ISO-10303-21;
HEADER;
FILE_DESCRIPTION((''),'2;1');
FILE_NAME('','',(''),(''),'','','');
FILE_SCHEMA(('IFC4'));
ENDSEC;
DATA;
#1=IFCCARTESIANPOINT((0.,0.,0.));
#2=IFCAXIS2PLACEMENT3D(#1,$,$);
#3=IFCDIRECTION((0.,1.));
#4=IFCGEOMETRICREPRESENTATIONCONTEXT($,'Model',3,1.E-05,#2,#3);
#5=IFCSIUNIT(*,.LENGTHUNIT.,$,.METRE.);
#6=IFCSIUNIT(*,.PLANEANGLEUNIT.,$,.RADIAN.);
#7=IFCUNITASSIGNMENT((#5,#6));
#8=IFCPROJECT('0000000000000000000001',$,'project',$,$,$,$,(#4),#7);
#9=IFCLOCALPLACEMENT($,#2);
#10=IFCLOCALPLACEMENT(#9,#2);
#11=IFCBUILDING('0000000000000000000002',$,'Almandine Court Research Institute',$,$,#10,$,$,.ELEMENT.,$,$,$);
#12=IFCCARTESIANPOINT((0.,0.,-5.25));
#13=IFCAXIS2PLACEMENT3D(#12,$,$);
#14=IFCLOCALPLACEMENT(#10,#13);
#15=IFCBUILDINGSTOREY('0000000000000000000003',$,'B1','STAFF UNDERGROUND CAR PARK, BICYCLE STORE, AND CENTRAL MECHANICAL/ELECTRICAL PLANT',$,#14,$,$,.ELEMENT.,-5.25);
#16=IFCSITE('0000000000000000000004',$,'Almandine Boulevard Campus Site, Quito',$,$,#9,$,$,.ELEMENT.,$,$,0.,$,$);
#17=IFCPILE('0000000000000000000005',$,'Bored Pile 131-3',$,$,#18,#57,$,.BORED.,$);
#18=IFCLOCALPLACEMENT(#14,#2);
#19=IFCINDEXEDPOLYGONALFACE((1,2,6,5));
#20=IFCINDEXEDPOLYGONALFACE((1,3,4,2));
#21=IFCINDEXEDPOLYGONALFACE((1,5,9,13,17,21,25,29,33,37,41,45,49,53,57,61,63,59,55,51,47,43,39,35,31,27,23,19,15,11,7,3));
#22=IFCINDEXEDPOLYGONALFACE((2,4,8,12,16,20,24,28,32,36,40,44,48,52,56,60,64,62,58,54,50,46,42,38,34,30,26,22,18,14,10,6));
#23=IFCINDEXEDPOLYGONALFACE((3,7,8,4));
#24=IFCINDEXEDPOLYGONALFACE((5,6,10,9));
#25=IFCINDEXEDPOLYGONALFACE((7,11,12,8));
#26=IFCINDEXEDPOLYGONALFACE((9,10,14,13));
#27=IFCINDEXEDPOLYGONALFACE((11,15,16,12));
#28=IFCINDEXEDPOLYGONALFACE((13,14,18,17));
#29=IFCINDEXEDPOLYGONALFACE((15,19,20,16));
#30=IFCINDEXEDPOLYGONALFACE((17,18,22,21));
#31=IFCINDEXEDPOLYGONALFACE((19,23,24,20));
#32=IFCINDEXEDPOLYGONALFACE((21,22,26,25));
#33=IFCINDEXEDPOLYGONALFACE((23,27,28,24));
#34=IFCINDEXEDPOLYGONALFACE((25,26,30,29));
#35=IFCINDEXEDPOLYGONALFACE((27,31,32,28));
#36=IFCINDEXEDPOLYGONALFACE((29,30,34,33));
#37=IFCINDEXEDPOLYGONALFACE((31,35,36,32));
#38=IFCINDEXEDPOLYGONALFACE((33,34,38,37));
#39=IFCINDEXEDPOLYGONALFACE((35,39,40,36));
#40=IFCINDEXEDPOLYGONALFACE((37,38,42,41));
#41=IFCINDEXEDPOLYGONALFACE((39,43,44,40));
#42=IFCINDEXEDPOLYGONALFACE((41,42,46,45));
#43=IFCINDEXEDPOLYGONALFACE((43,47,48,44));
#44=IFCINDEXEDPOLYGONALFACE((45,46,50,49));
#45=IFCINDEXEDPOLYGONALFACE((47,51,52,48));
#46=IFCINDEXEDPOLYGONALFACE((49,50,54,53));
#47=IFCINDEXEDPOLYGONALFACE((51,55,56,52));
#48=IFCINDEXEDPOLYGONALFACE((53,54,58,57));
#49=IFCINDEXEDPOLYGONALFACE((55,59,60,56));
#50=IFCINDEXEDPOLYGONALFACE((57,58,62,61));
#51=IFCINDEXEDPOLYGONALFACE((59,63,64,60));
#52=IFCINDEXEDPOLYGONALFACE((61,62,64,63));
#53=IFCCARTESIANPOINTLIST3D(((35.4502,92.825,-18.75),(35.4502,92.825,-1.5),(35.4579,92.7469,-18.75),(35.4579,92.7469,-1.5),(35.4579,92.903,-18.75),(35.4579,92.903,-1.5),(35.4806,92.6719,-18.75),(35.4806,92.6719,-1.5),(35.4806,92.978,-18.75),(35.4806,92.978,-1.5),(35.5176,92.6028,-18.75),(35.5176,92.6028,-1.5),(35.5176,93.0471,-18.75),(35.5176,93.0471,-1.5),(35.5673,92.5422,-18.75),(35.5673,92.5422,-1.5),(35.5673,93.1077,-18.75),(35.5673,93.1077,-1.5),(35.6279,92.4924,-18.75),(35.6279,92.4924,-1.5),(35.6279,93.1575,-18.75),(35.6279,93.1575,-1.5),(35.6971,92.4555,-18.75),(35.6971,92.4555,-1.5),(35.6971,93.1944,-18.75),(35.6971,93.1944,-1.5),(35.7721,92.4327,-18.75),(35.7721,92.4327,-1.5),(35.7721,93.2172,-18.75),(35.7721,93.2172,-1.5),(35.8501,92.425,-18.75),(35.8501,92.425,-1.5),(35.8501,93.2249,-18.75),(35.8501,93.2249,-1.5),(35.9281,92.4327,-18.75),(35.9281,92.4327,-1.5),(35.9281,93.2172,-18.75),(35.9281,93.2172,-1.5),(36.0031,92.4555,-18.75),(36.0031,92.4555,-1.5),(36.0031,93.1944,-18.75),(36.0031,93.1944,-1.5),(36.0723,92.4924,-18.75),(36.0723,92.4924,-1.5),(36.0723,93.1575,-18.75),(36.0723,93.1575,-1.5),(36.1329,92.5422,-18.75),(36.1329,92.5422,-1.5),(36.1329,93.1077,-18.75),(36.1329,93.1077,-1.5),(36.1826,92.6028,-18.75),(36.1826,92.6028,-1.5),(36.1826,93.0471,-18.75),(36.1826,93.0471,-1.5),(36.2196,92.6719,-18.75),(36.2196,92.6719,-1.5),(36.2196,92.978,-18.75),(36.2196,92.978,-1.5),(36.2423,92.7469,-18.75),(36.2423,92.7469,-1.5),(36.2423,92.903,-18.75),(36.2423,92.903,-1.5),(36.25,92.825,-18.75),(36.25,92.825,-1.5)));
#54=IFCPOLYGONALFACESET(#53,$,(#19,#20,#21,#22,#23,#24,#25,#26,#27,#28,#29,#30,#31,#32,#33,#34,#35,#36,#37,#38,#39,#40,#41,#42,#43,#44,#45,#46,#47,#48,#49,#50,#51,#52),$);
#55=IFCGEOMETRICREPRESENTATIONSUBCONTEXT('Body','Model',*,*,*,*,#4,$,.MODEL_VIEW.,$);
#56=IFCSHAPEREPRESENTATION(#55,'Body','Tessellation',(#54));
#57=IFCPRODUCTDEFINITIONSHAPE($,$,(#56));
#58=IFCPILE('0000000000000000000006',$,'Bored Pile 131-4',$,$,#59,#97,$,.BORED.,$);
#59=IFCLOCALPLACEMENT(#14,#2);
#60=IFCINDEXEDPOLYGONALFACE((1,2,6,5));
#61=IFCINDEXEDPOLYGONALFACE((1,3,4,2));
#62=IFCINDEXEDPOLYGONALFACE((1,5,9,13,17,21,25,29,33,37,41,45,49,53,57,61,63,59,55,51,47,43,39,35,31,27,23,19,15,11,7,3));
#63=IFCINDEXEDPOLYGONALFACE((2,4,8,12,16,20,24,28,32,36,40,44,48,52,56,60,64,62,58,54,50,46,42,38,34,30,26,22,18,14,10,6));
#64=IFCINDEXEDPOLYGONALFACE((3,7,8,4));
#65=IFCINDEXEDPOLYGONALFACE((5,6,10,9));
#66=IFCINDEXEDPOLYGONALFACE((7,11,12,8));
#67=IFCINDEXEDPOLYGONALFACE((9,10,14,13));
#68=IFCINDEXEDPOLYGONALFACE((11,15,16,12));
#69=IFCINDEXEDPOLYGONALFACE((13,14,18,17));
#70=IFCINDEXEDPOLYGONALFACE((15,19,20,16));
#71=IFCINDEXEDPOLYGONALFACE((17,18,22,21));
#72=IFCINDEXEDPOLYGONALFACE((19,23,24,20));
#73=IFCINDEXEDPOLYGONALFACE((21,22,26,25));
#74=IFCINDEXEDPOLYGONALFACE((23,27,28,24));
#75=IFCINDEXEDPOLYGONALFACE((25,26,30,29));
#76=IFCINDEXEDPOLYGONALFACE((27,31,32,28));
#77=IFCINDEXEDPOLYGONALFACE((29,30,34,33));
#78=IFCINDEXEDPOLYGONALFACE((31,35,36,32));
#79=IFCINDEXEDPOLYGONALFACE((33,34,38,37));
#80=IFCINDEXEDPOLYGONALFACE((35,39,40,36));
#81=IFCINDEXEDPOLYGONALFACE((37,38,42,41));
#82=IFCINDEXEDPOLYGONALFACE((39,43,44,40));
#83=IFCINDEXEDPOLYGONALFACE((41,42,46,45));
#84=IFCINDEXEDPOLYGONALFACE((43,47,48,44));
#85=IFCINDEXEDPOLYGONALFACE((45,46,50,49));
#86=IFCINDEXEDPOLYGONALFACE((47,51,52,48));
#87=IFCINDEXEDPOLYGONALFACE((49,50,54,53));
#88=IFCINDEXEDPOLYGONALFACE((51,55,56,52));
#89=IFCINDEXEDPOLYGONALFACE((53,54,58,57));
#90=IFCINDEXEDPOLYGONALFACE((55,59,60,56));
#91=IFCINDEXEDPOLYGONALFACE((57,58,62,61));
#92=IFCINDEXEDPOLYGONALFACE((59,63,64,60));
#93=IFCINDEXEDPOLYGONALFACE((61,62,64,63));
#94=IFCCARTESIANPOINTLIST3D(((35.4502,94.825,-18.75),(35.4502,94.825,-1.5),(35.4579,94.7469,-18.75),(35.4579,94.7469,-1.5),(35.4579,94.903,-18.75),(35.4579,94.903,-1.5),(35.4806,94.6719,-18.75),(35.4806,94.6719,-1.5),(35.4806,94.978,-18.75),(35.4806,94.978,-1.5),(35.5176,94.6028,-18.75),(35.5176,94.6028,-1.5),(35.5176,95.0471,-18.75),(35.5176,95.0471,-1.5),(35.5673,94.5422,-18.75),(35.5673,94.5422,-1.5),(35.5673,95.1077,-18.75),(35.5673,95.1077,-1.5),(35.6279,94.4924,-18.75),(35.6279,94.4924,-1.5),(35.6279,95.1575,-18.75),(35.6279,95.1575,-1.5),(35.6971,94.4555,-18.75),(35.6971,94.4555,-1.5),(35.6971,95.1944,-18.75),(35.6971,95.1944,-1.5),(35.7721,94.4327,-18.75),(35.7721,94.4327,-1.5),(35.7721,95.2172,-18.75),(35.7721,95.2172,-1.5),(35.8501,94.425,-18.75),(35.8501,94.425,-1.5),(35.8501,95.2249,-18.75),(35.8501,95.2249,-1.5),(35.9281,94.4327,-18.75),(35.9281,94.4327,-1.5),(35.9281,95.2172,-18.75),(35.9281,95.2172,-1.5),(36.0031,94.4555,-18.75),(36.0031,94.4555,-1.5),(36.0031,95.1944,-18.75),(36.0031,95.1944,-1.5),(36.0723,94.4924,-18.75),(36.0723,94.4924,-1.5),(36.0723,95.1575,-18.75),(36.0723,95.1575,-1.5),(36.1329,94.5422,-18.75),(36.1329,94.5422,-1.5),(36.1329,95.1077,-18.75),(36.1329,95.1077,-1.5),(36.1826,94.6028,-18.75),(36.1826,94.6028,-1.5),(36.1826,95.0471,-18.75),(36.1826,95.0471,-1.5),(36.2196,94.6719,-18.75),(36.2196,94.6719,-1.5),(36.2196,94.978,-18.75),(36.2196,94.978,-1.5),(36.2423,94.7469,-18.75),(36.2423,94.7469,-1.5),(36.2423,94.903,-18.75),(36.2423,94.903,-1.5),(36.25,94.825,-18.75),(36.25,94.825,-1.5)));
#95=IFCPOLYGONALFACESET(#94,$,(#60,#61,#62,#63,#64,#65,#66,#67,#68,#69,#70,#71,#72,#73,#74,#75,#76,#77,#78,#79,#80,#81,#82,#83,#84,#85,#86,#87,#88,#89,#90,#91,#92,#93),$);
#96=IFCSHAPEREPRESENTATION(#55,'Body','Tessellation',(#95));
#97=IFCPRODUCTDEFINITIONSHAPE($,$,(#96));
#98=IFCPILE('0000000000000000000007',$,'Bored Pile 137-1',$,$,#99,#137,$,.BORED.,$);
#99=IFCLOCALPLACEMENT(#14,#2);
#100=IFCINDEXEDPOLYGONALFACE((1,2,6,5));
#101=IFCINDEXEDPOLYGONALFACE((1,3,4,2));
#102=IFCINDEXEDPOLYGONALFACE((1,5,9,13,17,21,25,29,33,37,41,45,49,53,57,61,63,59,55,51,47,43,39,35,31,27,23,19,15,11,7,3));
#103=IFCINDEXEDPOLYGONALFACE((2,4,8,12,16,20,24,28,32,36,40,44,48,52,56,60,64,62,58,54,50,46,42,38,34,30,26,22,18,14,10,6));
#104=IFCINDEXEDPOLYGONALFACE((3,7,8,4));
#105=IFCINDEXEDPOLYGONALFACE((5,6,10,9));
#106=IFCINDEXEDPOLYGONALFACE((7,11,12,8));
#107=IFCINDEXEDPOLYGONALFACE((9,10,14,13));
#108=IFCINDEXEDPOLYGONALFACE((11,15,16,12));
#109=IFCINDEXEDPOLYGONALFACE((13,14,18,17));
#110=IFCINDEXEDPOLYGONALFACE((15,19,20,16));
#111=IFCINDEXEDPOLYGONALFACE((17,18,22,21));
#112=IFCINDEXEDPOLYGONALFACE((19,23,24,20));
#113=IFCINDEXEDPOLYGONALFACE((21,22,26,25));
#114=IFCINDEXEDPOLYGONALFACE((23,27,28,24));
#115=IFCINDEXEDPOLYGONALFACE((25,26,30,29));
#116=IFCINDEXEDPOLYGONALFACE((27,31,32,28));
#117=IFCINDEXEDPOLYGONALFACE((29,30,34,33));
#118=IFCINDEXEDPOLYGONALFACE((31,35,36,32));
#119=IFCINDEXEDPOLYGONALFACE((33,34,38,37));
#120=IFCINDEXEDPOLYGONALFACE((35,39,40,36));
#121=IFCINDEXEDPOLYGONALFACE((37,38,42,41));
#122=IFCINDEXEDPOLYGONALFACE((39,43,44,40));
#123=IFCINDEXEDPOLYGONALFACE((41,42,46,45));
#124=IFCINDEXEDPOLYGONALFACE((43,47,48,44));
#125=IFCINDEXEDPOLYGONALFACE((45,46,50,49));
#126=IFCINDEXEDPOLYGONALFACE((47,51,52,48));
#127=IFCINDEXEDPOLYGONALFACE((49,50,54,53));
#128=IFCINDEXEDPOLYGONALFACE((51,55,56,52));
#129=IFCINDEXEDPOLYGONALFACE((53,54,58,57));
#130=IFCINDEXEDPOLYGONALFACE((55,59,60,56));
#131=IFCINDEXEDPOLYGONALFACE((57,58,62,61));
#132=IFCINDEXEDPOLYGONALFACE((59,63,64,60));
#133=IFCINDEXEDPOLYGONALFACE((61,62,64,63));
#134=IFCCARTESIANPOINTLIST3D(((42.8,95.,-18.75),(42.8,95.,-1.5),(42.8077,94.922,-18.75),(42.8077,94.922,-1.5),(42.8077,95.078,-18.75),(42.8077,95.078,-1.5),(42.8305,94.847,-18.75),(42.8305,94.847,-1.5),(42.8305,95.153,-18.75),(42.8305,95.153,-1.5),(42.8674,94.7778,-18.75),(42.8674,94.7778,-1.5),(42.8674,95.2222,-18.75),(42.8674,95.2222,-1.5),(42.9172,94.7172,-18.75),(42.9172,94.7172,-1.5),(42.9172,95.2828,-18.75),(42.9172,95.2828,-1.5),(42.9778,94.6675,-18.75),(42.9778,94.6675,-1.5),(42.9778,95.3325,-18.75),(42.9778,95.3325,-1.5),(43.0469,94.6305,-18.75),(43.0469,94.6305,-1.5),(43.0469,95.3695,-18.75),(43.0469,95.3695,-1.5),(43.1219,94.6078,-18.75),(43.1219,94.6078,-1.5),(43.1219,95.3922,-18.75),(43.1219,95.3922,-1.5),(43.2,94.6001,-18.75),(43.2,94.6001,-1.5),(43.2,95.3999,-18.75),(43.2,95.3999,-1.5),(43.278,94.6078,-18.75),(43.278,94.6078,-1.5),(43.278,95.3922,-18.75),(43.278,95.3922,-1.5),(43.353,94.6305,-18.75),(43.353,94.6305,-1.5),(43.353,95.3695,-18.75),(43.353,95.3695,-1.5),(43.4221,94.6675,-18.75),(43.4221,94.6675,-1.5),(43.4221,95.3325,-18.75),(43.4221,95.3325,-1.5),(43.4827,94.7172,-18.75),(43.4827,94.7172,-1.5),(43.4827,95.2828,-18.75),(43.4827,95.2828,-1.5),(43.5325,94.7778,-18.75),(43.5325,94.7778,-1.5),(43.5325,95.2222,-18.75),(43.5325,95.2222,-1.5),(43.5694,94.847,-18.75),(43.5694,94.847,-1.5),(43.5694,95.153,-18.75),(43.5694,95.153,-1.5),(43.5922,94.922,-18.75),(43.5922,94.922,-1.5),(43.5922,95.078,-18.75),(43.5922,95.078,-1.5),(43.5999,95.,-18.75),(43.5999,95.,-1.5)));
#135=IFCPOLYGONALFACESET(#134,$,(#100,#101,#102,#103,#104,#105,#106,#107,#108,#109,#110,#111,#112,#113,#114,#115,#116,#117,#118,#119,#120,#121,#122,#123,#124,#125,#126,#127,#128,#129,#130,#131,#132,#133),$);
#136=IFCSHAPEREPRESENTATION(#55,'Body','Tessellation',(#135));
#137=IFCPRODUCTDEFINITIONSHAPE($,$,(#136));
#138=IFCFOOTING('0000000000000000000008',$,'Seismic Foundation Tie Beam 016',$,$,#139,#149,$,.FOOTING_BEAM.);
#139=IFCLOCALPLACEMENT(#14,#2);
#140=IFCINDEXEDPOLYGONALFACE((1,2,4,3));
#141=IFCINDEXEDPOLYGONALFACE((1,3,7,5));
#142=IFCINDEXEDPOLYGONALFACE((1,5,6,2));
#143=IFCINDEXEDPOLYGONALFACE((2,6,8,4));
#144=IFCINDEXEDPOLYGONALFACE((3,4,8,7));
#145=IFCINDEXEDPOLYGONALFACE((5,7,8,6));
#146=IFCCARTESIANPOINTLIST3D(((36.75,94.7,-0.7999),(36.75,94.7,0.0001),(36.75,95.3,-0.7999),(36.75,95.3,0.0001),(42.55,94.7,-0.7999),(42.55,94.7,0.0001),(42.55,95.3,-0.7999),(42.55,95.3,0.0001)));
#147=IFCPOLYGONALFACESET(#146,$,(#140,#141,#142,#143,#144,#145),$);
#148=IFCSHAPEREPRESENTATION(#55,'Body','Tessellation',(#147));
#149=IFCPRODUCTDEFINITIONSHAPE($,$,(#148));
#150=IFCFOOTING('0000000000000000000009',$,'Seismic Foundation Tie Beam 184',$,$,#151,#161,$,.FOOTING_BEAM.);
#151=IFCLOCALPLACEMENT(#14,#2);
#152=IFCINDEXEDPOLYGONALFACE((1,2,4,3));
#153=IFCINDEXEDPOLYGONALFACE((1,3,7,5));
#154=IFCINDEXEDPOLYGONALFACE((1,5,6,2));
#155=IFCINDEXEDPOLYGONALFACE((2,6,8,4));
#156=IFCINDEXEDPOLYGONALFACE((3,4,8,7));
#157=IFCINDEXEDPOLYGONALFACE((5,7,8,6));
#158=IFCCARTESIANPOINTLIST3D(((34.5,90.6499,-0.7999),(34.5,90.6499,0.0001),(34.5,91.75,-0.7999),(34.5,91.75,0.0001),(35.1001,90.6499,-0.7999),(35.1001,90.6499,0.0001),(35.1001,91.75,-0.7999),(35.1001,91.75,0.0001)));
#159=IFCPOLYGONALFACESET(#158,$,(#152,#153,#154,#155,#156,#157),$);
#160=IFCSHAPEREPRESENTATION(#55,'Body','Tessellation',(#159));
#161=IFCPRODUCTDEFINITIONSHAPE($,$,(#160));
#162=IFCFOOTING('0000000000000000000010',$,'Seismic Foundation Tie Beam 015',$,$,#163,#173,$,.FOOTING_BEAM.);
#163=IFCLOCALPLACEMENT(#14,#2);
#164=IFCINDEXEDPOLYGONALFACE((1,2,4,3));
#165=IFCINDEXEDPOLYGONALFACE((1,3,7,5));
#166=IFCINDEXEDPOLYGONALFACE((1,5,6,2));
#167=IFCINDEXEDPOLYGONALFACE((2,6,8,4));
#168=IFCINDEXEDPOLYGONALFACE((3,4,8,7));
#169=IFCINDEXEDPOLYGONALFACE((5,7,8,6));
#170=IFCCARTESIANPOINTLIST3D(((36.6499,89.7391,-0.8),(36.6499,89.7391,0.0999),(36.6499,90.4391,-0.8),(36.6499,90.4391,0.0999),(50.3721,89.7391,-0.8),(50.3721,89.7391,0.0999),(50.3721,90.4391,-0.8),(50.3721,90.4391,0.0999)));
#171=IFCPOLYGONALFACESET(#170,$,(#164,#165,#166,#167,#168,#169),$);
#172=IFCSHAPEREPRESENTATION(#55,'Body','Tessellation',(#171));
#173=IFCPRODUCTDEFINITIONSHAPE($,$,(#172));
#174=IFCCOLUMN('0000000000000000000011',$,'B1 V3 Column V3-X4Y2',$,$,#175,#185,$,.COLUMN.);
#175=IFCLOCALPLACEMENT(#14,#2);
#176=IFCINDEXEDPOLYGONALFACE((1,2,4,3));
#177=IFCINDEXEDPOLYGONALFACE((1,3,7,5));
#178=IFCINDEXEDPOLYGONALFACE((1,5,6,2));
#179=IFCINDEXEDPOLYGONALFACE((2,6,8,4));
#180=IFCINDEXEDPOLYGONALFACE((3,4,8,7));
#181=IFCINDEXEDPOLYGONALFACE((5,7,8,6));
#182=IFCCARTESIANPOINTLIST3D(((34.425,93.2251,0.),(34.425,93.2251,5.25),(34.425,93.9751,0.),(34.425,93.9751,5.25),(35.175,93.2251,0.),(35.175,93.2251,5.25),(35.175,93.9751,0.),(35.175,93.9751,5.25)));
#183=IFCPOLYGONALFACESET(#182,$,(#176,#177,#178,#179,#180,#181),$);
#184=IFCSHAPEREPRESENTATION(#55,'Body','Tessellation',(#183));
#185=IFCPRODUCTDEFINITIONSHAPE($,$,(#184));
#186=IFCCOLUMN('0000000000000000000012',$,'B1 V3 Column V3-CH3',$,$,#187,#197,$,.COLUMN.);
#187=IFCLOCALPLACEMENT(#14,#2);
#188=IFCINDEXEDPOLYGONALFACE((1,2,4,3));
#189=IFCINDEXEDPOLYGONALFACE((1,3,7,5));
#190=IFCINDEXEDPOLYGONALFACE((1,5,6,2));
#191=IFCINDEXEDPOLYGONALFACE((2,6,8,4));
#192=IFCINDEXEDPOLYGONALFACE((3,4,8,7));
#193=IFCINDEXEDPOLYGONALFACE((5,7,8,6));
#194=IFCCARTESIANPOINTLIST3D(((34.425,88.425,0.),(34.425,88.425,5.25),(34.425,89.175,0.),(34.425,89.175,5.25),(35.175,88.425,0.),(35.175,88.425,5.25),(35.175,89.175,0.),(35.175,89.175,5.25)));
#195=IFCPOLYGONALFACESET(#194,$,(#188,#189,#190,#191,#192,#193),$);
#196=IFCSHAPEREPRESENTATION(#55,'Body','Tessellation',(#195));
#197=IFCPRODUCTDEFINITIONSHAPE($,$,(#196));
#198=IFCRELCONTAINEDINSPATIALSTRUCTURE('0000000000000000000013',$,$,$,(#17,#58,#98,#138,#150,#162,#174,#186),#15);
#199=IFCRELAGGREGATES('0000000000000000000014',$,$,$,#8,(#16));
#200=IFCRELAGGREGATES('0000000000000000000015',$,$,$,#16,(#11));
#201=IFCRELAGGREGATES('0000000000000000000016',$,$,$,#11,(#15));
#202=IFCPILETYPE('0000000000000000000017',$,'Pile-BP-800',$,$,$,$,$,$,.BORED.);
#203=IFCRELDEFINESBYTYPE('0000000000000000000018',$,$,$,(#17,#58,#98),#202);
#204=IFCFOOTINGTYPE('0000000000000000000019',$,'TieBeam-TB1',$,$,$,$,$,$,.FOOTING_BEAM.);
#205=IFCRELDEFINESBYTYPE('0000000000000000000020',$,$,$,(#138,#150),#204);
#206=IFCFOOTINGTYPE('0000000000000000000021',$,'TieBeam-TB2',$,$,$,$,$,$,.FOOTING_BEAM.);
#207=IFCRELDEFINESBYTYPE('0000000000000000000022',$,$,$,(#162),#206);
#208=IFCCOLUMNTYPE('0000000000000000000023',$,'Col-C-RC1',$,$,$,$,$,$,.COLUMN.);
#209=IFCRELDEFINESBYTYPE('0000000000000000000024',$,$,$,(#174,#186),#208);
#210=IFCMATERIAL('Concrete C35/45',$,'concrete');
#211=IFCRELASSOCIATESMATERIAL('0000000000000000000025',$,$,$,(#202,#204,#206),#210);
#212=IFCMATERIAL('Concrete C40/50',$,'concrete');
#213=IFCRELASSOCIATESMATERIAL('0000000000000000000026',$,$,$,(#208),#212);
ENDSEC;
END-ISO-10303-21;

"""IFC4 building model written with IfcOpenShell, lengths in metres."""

from ifc_helpers import new_model, si_unit, direction, frame, origin, origin_2d, place, context, subcontext, project, spatial, rectangle, circle, extrude, material, material_profile, profile_set, type_object, element, save


model = new_model("IFC4")

# Units and contexts
model_context = context("Model", 3, precision=1e-05, world=origin(), true_north=direction((0.0, 1.0)))
body_context = subcontext(model_context, "Body", "Model", "MODEL_VIEW")
ifc_project = project(units=[si_unit("LENGTHUNIT", "METRE"), si_unit("PLANEANGLEUNIT", "RADIAN")], contexts=[model_context])

# Site, building, storey
site_placement = place(None, origin())
site = spatial("IfcSite", under=ifc_project, at=site_placement, Name="Almandine Boulevard Campus Site, Quito", CompositionType="ELEMENT", RefElevation=0.0)
building_placement = place(site_placement, origin())
building = spatial("IfcBuilding", under=site, at=building_placement, Name="Almandine Court Research Institute", CompositionType="ELEMENT")
storey_placement = place(building_placement, frame((0.0, 0.0, -5.25)))
storey = spatial("IfcBuildingStorey", under=building, at=storey_placement, Name="B1", Description="STAFF UNDERGROUND CAR PARK, BICYCLE STORE, AND CENTRAL MECHANICAL/ELECTRICAL PLANT", CompositionType="ELEMENT", Elevation=-5.25)

# Shared definitions
ifc_material_1 = material(Name="Concrete C35/45", Category="concrete")

# Piles
ifc_material_profile_1 = material_profile(ifc_material_1, circle(Radius=0.3999, at=origin_2d()), Name="BORED PILE D800")
ifc_profile_set_1 = profile_set([ifc_material_profile_1], Name="Concrete C35/45")
pile_type = type_object("IfcPileType", Name="Pile-BP-800", PredefinedType="BORED", material=ifc_profile_set_1)
for number, where, z_axis, x_axis, name in (
    (1, (35.8501, 92.825, -1.5), (0.0, 0.0, -1.0), (1.0, 0.0, 0.0), "Bored Pile 131-3"),
    (2, (35.8501, 94.825, -1.5), (0.0, 0.0, -1.0), (1.0, 0.0, 0.0), "Bored Pile 131-4"),
    (3, (43.2, 95.0, -1.5), (0.0, 0.0, -1.0), (1.0, 0.0, 0.0), "Bored Pile 137-1"),
):
    element("IfcPile", number, at=place(storey_placement, frame(where, z_axis=z_axis, x_axis=x_axis)), inside=storey, type_object=pile_type, Name=name, PredefinedType="BORED", context=body_context, shape_type="SweptSolid", body=[
        extrude(circle(Radius=0.3999, at=origin_2d()), origin(), (0.0, 0.0, 1.0), 17.25),
    ])

# Footings
ifc_material_profile_2 = material_profile(ifc_material_1, rectangle(XDim=0.6001, YDim=0.8, at=origin_2d()), Name="RC TIE 600x800")
ifc_profile_set_2 = profile_set([ifc_material_profile_2], Name="Concrete C35/45")
footing_type_1 = type_object("IfcFootingType", Name="TieBeam-TB1", PredefinedType="FOOTING_BEAM", material=ifc_profile_set_2)
footing_1_placement = place(storey_placement, frame((36.75, 95.0, -0.3999), z_axis=(1.0, 0.0, 0.0), x_axis=(0.0, 1.0, 0.0)))
element("IfcFooting", 4, at=footing_1_placement, inside=storey, type_object=footing_type_1, Name="Seismic Foundation Tie Beam 016", PredefinedType="FOOTING_BEAM", context=body_context, shape_type="SweptSolid", body=[
    extrude(rectangle(XDim=0.6001, YDim=0.8, at=origin_2d()), origin(), (0.0, 0.0, 1.0), 5.8),
])
footing_2_placement = place(storey_placement, frame((34.8, 90.6499, -0.3999), z_axis=(0.0, 1.0, 0.0), x_axis=(-1.0, 0.0, 0.0)))
element("IfcFooting", 5, at=footing_2_placement, inside=storey, type_object=footing_type_1, Name="Seismic Foundation Tie Beam 184", PredefinedType="FOOTING_BEAM", context=body_context, shape_type="SweptSolid", body=[
    extrude(rectangle(XDim=0.6001, YDim=0.8, at=origin_2d()), origin(), (0.0, 0.0, 1.0), 1.1001),
])
ifc_material_profile_3 = material_profile(ifc_material_1, rectangle(XDim=0.7, YDim=0.8999, at=origin_2d()), Name="RC TIE 700x900")
ifc_profile_set_3 = profile_set([ifc_material_profile_3], Name="Concrete C35/45")
footing_type_2 = type_object("IfcFootingType", Name="TieBeam-TB2", PredefinedType="FOOTING_BEAM", material=ifc_profile_set_3)
footing_3_placement = place(storey_placement, frame((36.6499, 90.0891, -0.3501), z_axis=(1.0, 0.0, 0.0), x_axis=(0.0, 1.0, 0.0)))
element("IfcFooting", 6, at=footing_3_placement, inside=storey, type_object=footing_type_2, Name="Seismic Foundation Tie Beam 015", PredefinedType="FOOTING_BEAM", context=body_context, shape_type="SweptSolid", body=[
    extrude(rectangle(XDim=0.7, YDim=0.8999, at=origin_2d()), origin(), (0.0, 0.0, 1.0), 13.7222),
])

# Columns
ifc_material_2 = material(Name="Concrete C40/50", Category="concrete")
ifc_material_profile_4 = material_profile(ifc_material_2, rectangle(XDim=0.75, YDim=0.75, at=origin_2d()), Name="RC 750x750")
ifc_profile_set_4 = profile_set([ifc_material_profile_4], Name="Concrete C40/50")
column_type_1 = type_object("IfcColumnType", Name="Col-C-RC1", PredefinedType="COLUMN", material=ifc_profile_set_4)
for number, where, z_axis, x_axis, name in (
    (7, (34.8, 93.6001, 0.0), (0.0, 0.0, 1.0), (1.0, 0.0, 0.0), "B1 V3 Column V3-X4Y2"),
    (8, (34.8, 88.8, 0.0), (0.0, 0.0, 1.0), (1.0, 0.0, 0.0), "B1 V3 Column V3-CH3"),
):
    element("IfcColumn", number, at=place(storey_placement, frame(where, z_axis=z_axis, x_axis=x_axis)), inside=storey, type_object=column_type_1, Name=name, PredefinedType="COLUMN", context=body_context, shape_type="SweptSolid", body=[
        extrude(rectangle(XDim=0.75, YDim=0.75, at=origin_2d()), origin(), (0.0, 0.0, 1.0), 5.25),
    ])

save(model, "model.ifc")
